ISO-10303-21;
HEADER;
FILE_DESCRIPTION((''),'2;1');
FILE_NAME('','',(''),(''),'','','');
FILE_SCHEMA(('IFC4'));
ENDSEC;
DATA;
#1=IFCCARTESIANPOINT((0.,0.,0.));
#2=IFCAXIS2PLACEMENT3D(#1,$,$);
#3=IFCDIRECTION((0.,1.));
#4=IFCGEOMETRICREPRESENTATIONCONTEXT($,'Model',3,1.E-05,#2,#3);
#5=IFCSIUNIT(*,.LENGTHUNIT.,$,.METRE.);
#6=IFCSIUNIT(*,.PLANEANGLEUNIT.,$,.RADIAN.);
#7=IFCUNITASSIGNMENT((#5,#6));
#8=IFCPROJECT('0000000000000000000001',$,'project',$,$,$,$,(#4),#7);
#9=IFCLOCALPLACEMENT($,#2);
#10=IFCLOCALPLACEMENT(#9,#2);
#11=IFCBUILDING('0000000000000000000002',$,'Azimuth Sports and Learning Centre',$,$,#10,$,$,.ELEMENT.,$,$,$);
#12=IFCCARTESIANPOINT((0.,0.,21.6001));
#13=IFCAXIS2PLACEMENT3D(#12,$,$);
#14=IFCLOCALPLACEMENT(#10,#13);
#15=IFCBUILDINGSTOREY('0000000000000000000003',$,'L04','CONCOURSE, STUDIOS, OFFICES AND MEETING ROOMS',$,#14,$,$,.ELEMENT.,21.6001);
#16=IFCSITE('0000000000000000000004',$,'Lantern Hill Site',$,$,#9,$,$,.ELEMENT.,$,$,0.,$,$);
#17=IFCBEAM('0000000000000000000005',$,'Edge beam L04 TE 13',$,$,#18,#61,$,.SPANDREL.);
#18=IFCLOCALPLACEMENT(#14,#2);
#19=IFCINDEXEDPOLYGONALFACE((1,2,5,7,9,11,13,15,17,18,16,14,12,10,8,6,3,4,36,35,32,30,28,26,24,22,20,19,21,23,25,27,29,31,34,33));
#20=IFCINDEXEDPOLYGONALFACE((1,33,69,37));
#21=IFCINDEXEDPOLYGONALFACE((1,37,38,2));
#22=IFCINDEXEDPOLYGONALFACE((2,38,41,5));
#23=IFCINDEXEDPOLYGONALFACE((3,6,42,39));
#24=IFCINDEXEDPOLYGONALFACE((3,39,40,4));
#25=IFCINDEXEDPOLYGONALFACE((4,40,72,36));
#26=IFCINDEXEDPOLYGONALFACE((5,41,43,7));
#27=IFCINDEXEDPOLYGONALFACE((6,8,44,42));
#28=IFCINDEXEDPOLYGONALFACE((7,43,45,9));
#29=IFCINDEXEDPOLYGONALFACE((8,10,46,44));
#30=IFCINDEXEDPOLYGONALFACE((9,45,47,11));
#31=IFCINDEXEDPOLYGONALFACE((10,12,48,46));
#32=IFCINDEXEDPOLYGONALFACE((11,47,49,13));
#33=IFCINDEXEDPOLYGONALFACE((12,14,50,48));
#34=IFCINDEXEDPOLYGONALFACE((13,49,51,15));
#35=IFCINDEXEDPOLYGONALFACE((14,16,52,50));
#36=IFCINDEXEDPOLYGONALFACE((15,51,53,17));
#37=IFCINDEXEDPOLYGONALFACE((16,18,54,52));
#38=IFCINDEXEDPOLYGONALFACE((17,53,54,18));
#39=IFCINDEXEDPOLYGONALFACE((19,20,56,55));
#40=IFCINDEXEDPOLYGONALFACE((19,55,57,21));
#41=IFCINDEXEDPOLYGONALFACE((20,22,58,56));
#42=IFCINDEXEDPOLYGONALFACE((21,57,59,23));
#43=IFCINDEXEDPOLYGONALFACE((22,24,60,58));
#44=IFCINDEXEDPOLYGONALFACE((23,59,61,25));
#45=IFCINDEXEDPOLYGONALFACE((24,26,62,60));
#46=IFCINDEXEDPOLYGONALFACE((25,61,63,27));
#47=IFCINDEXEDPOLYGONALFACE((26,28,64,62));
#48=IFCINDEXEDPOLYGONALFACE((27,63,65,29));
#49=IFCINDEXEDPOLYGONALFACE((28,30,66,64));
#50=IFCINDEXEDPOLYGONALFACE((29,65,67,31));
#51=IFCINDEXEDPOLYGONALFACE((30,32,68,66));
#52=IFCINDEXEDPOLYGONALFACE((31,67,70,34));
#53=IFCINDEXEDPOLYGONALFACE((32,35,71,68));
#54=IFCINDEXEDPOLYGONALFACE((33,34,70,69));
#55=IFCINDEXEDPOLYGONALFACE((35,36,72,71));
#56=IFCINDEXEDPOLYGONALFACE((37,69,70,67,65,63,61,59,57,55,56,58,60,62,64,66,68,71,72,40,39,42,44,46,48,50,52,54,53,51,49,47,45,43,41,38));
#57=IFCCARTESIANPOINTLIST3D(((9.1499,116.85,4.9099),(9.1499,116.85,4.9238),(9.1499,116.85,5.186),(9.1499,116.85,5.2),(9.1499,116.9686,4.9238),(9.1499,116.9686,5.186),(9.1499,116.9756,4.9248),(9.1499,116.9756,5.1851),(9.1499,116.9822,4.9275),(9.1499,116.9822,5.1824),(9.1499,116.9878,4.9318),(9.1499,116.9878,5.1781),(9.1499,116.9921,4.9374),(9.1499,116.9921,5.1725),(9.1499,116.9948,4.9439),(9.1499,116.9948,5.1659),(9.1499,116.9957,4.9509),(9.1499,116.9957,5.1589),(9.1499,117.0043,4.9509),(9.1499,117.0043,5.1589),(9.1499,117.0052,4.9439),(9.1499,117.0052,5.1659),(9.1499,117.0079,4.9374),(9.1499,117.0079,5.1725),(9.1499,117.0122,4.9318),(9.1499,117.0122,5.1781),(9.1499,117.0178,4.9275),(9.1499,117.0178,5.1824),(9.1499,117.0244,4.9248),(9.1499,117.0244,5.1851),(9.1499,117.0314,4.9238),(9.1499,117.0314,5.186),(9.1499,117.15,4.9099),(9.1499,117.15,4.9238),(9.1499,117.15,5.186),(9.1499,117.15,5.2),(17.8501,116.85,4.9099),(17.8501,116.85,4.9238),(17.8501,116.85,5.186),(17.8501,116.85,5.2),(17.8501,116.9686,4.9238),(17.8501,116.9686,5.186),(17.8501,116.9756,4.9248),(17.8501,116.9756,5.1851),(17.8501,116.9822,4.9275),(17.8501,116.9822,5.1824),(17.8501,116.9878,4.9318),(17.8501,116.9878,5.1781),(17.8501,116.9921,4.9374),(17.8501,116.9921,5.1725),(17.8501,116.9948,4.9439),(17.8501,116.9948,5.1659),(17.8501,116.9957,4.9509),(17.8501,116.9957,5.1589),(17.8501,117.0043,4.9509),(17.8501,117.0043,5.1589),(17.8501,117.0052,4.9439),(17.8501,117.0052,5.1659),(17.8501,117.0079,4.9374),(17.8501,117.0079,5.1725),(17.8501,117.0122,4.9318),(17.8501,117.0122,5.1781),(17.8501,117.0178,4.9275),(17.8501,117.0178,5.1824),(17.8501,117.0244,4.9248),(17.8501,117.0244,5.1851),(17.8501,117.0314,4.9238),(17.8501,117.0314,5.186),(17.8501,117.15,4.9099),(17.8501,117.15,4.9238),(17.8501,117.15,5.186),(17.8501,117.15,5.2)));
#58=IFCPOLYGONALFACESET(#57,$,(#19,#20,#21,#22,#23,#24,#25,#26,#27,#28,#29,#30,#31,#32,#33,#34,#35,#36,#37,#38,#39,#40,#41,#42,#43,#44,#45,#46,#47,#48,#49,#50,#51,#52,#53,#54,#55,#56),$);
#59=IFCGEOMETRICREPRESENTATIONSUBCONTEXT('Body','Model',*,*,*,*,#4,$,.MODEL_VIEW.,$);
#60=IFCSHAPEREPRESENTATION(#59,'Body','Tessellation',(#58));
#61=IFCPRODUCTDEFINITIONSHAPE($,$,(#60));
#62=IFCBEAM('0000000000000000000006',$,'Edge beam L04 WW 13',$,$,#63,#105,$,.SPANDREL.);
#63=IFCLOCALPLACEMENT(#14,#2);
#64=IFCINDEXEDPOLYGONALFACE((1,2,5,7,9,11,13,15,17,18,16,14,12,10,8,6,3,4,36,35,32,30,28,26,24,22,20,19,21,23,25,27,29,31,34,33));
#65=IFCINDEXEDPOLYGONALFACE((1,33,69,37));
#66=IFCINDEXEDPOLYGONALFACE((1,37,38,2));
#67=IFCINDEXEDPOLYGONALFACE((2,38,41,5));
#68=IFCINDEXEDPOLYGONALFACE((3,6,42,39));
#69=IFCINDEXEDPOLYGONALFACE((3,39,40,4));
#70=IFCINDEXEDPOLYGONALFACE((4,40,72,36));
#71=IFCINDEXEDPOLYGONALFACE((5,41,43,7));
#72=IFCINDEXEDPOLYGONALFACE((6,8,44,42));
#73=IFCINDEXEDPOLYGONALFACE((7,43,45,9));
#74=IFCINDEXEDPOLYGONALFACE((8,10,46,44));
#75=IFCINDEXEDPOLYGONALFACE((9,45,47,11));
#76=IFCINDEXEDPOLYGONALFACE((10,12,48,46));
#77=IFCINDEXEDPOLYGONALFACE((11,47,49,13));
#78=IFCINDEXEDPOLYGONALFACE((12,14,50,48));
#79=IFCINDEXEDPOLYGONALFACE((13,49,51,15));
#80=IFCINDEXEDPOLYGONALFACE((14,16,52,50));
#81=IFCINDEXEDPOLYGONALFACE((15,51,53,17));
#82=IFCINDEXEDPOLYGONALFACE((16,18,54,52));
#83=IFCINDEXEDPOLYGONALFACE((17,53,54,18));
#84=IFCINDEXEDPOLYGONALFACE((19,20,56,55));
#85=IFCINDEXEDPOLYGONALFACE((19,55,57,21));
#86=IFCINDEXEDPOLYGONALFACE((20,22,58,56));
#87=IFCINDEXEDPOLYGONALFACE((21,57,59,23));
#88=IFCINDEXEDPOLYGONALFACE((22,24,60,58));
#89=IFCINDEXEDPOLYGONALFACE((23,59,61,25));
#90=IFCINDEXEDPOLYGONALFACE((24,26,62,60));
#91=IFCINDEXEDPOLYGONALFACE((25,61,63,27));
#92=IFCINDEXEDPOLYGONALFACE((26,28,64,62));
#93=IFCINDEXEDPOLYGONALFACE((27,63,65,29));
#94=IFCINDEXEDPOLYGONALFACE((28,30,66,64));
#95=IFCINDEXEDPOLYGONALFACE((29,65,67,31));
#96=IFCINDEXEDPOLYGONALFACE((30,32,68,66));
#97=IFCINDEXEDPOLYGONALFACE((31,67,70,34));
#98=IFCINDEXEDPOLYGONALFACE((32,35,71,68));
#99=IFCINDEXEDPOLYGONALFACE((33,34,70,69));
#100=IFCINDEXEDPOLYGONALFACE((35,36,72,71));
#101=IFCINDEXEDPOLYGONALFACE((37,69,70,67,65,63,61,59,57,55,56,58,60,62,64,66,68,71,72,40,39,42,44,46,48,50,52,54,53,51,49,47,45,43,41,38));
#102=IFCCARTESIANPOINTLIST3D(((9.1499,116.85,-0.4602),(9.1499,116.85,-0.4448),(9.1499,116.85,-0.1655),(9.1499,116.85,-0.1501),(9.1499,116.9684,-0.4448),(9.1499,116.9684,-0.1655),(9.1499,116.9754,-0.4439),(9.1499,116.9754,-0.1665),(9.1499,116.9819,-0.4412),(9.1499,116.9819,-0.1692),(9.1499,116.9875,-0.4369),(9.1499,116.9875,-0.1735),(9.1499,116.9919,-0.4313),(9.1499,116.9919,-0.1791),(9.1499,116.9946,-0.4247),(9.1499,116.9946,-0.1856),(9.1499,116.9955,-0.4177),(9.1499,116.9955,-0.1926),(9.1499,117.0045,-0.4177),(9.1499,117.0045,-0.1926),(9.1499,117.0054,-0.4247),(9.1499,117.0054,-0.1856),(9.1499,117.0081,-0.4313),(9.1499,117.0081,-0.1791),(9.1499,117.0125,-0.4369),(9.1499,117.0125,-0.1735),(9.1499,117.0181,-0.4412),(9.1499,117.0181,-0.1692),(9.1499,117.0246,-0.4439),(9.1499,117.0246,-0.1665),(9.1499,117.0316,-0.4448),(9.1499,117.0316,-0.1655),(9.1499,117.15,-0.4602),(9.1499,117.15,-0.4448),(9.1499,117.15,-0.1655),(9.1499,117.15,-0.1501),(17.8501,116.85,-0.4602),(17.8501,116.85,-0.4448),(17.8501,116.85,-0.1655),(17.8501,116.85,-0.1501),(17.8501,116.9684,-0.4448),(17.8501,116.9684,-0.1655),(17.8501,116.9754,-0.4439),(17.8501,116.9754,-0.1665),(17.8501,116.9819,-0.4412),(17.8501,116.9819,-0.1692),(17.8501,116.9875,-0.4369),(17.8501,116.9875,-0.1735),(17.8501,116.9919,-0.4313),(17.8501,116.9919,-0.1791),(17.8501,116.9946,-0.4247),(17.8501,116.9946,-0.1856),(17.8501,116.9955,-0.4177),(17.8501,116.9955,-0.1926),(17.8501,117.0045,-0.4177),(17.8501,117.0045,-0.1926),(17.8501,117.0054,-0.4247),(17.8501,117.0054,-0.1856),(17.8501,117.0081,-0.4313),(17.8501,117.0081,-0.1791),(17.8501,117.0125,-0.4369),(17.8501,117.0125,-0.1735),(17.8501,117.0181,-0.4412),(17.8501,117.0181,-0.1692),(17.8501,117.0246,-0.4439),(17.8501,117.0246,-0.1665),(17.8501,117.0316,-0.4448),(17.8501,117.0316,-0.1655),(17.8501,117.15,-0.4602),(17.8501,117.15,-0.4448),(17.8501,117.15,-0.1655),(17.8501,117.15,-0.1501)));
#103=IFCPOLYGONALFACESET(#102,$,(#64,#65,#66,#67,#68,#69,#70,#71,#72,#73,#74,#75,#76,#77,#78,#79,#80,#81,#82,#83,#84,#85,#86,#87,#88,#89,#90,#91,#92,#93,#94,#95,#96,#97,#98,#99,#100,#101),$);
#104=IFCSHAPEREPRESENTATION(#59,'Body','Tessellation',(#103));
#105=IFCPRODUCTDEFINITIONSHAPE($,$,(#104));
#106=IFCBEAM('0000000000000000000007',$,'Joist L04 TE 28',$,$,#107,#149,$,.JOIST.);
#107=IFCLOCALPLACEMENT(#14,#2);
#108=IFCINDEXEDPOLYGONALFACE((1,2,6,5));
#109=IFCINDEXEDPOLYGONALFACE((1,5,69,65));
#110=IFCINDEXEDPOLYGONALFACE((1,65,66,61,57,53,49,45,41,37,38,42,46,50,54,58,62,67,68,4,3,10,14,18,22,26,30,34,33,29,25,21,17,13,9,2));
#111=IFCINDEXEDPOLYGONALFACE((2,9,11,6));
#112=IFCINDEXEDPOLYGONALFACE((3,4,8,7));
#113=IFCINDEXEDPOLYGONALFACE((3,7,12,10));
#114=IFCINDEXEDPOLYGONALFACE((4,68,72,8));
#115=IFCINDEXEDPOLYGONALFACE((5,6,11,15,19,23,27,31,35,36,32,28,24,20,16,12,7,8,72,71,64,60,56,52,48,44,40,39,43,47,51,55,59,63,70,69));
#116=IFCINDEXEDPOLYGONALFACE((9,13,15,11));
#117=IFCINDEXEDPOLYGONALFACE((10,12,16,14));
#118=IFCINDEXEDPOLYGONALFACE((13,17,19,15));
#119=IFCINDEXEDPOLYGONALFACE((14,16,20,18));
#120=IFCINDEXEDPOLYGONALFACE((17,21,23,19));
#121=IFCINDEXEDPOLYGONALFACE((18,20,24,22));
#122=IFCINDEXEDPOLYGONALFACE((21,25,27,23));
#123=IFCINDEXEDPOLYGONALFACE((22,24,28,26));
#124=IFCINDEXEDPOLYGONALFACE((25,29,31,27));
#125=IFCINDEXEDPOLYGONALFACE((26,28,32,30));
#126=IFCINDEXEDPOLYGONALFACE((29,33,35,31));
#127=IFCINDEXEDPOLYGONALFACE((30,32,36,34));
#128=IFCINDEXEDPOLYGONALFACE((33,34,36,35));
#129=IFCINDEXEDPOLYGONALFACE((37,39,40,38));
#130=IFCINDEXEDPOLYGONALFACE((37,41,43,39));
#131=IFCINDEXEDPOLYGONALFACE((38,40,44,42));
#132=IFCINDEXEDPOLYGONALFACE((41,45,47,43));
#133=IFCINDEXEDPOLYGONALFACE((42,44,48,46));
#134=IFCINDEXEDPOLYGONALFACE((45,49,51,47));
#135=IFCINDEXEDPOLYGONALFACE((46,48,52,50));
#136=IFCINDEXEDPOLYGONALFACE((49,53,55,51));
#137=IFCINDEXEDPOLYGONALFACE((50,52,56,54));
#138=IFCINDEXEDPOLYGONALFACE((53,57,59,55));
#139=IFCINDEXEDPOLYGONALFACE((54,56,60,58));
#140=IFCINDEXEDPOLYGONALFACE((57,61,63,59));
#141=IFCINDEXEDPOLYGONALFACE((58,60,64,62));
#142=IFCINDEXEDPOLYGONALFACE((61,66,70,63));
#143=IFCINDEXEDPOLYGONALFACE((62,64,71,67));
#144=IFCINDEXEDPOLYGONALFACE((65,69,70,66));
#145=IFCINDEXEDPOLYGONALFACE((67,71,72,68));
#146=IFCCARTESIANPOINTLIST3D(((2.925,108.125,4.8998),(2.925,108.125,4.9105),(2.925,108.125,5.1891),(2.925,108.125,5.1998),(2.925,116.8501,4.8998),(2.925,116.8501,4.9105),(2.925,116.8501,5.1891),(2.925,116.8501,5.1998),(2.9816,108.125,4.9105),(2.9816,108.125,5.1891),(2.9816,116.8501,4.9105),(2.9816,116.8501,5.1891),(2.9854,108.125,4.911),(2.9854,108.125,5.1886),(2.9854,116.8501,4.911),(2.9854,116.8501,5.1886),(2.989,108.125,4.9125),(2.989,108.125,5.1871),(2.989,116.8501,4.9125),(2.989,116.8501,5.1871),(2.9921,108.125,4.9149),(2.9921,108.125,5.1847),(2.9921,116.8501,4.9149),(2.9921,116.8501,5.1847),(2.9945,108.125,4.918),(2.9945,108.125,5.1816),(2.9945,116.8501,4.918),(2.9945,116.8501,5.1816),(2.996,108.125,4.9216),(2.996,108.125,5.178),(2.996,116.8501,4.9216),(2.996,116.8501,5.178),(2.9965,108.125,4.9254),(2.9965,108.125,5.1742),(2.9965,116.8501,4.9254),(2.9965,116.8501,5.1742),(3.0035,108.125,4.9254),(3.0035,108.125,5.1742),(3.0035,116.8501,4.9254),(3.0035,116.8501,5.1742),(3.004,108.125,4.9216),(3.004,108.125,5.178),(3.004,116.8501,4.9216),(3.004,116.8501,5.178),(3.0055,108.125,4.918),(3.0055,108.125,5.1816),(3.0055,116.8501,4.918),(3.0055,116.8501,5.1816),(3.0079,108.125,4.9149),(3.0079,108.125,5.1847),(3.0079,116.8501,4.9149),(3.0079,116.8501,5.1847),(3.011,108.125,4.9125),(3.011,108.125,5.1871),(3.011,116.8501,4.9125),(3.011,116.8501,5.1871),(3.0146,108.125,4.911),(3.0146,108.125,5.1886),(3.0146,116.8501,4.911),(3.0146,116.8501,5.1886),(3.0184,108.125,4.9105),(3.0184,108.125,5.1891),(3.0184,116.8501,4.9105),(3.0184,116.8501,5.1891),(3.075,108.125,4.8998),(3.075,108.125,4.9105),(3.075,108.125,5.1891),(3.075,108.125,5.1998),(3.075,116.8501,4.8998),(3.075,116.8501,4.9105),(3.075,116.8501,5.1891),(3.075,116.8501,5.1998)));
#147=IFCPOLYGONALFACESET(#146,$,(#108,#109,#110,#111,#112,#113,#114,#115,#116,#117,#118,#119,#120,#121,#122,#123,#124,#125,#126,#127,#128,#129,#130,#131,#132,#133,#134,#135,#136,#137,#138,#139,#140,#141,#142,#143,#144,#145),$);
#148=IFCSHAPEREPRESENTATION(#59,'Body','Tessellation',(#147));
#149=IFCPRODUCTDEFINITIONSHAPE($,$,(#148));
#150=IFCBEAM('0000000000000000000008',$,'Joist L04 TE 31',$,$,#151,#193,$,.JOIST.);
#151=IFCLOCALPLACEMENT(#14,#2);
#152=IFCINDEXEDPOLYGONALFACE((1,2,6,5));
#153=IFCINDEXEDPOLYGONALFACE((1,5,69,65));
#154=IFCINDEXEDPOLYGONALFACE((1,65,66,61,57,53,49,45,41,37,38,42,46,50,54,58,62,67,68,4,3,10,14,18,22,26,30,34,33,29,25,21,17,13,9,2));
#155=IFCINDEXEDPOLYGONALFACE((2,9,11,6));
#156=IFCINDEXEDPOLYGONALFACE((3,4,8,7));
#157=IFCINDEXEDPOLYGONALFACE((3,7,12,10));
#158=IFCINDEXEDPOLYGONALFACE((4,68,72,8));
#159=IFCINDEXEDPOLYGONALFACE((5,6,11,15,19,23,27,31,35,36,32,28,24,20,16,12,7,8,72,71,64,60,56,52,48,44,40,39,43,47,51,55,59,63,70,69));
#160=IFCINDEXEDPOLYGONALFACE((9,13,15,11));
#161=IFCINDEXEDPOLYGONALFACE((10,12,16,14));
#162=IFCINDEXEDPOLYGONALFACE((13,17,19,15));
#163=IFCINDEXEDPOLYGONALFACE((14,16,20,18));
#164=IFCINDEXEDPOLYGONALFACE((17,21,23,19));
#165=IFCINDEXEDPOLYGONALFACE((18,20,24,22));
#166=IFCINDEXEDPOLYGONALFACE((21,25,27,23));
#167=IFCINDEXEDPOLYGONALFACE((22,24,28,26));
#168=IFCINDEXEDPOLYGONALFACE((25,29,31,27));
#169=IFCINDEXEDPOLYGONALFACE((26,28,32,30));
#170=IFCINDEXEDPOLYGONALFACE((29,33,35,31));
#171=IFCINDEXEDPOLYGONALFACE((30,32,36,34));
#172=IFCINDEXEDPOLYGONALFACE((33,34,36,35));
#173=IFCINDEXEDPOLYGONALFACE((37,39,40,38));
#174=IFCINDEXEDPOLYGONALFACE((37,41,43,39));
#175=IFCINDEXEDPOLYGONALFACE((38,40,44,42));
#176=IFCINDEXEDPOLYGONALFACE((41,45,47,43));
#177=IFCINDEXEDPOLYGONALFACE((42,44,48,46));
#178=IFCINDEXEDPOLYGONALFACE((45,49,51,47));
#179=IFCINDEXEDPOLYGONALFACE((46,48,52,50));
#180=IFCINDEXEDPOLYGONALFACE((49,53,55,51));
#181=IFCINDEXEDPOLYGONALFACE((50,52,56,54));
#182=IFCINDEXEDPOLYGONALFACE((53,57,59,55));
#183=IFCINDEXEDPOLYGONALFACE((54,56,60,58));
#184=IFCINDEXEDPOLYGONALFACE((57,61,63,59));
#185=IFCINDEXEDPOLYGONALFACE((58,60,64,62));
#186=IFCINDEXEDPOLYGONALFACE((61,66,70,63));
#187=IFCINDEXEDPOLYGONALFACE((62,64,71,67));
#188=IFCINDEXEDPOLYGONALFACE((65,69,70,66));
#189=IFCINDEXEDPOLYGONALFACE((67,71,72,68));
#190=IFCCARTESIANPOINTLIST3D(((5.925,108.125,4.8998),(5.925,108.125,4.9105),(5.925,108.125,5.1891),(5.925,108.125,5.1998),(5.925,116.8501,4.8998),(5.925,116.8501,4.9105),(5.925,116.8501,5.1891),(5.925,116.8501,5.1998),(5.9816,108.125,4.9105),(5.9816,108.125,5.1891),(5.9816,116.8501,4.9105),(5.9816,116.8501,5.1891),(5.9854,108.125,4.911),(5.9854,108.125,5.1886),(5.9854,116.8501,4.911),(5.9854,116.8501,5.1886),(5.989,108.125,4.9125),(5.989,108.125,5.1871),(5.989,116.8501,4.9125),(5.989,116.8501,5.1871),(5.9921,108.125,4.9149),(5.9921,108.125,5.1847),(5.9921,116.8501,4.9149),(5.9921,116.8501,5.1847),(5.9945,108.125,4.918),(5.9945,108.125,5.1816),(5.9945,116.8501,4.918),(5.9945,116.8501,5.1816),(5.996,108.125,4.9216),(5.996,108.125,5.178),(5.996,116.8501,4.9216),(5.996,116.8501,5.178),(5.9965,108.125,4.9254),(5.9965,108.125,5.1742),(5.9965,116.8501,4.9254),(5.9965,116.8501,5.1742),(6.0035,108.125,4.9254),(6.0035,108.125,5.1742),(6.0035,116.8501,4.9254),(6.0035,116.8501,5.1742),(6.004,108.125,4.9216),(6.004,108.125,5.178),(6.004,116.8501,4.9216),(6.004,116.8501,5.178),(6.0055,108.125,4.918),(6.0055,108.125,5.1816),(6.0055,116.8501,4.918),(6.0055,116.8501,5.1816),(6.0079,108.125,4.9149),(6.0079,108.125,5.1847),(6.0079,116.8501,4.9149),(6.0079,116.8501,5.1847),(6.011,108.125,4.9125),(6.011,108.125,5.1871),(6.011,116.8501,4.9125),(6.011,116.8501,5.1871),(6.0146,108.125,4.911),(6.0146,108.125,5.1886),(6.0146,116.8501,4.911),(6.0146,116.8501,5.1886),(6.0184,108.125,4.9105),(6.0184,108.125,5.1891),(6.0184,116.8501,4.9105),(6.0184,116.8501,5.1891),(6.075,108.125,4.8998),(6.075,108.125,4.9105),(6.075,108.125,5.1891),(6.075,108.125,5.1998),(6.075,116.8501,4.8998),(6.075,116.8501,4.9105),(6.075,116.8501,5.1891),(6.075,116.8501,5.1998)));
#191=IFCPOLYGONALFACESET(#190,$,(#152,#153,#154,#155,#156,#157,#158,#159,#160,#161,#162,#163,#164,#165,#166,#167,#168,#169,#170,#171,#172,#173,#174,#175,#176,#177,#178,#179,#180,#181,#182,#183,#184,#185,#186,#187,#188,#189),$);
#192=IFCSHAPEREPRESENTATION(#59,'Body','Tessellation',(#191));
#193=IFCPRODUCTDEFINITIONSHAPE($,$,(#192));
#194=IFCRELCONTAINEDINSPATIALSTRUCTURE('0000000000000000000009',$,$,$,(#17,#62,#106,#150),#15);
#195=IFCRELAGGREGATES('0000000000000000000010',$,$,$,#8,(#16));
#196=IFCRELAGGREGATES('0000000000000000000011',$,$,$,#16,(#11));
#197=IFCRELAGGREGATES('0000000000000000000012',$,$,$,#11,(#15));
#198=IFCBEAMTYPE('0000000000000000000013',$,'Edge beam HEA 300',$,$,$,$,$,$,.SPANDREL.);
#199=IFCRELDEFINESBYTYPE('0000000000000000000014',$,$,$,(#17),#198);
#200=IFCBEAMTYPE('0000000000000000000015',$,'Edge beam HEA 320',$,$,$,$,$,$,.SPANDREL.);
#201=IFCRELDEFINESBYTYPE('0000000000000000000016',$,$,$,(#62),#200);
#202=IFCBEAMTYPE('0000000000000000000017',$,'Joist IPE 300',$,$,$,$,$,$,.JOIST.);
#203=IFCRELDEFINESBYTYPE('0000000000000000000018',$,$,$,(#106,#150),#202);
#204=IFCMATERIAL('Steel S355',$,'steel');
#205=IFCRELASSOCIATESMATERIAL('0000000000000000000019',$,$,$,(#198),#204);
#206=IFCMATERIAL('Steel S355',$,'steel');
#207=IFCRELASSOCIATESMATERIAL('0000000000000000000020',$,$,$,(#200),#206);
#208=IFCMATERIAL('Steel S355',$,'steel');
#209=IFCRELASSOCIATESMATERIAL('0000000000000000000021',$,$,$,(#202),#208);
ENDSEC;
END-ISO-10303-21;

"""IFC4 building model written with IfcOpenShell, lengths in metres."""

from ifc_helpers import new_model, si_unit, direction, frame, origin, origin_2d, place, context, subcontext, project, spatial, i_section, extrude, material, material_profile, profile_set, type_object, element, save


model = new_model("IFC4")

# Units and contexts
model_context = context("Model", 3, precision=1e-05, world=origin(), true_north=direction((0.0, 1.0)))
body_context = subcontext(model_context, "Body", "Model", "MODEL_VIEW")
ifc_project = project(units=[si_unit("LENGTHUNIT", "METRE"), si_unit("PLANEANGLEUNIT", "RADIAN")], contexts=[model_context])

# Site, building, storey
site_placement = place(None, origin())
site = spatial("IfcSite", under=ifc_project, at=site_placement, Name="Lantern Hill Site", CompositionType="ELEMENT", RefElevation=0.0)
building_placement = place(site_placement, origin())
building = spatial("IfcBuilding", under=site, at=building_placement, Name="Azimuth Sports and Learning Centre", CompositionType="ELEMENT")
storey_placement = place(building_placement, frame((0.0, 0.0, 21.6001)))
storey = spatial("IfcBuildingStorey", under=building, at=storey_placement, Name="L04", Description="CONCOURSE, STUDIOS, OFFICES AND MEETING ROOMS", CompositionType="ELEMENT", Elevation=21.6001)

# Beams
ifc_material_1 = material(Name="Steel S355", Category="steel")
ifc_material_profile_1 = material_profile(ifc_material_1, i_section(OverallWidth=0.3, OverallDepth=0.29, WebThickness=0.0085, FlangeThickness=0.0139, FilletRadius=0.0271, at=origin_2d()), Name="HEA 300")
ifc_profile_set_1 = profile_set([ifc_material_profile_1], Name="Steel S355")
beam_type_1 = type_object("IfcBeamType", Name="Edge beam HEA 300", PredefinedType="SPANDREL", material=ifc_profile_set_1)
beam_1_placement = place(storey_placement, frame((9.1499, 117.0, 5.0549), z_axis=(1.0, 0.0, 0.0), x_axis=(0.0, 1.0, 0.0)))
element("IfcBeam", 1, at=beam_1_placement, inside=storey, type_object=beam_type_1, Name="Edge beam L04 TE 13", PredefinedType="SPANDREL", context=body_context, shape_type="SweptSolid", body=[
    extrude(i_section(OverallWidth=0.3, OverallDepth=0.29, WebThickness=0.0085, FlangeThickness=0.0139, FilletRadius=0.0271, at=origin_2d()), origin(), (0.0, 0.0, 1.0), 8.7002),
])
ifc_material_2 = material(Name="Steel S355", Category="steel")
ifc_material_profile_2 = material_profile(ifc_material_2, i_section(OverallWidth=0.3, OverallDepth=0.3101, WebThickness=0.009, FlangeThickness=0.0154, FilletRadius=0.0271, at=origin_2d()), Name="HEA 320")
ifc_profile_set_2 = profile_set([ifc_material_profile_2], Name="Steel S355")
beam_type_2 = type_object("IfcBeamType", Name="Edge beam HEA 320", PredefinedType="SPANDREL", material=ifc_profile_set_2)
beam_2_placement = place(storey_placement, frame((9.1499, 117.0, -0.3052), z_axis=(1.0, 0.0, 0.0), x_axis=(0.0, 1.0, 0.0)))
element("IfcBeam", 2, at=beam_2_placement, inside=storey, type_object=beam_type_2, Name="Edge beam L04 WW 13", PredefinedType="SPANDREL", context=body_context, shape_type="SweptSolid", body=[
    extrude(i_section(OverallWidth=0.3, OverallDepth=0.3101, WebThickness=0.009, FlangeThickness=0.0154, FilletRadius=0.0271, at=origin_2d()), origin(), (0.0, 0.0, 1.0), 8.7002),
])
ifc_material_3 = material(Name="Steel S355", Category="steel")
ifc_material_profile_3 = material_profile(ifc_material_3, i_section(OverallWidth=0.1499, OverallDepth=0.3, WebThickness=0.0071, FlangeThickness=0.0107, FilletRadius=0.0149, at=origin_2d()), Name="IPE 300")
ifc_profile_set_3 = profile_set([ifc_material_profile_3], Name="Steel S355")
beam_type_3 = type_object("IfcBeamType", Name="Joist IPE 300", PredefinedType="JOIST", material=ifc_profile_set_3)
for number, where, z_axis, x_axis, name in (
    (3, (3.0, 108.125, 5.0498), (0.0, 1.0, 0.0), (-1.0, 0.0, 0.0), "Joist L04 TE 28"),
    (4, (6.0, 108.125, 5.0498), (0.0, 1.0, 0.0), (-1.0, 0.0, 0.0), "Joist L04 TE 31"),
):
    element("IfcBeam", number, at=place(storey_placement, frame(where, z_axis=z_axis, x_axis=x_axis)), inside=storey, type_object=beam_type_3, Name=name, PredefinedType="JOIST", context=body_context, shape_type="SweptSolid", body=[
        extrude(i_section(OverallWidth=0.1499, OverallDepth=0.3, WebThickness=0.0071, FlangeThickness=0.0107, FilletRadius=0.0149, at=origin_2d()), origin(), (0.0, 0.0, 1.0), 8.7251),
    ])

save(model, "model.ifc")
